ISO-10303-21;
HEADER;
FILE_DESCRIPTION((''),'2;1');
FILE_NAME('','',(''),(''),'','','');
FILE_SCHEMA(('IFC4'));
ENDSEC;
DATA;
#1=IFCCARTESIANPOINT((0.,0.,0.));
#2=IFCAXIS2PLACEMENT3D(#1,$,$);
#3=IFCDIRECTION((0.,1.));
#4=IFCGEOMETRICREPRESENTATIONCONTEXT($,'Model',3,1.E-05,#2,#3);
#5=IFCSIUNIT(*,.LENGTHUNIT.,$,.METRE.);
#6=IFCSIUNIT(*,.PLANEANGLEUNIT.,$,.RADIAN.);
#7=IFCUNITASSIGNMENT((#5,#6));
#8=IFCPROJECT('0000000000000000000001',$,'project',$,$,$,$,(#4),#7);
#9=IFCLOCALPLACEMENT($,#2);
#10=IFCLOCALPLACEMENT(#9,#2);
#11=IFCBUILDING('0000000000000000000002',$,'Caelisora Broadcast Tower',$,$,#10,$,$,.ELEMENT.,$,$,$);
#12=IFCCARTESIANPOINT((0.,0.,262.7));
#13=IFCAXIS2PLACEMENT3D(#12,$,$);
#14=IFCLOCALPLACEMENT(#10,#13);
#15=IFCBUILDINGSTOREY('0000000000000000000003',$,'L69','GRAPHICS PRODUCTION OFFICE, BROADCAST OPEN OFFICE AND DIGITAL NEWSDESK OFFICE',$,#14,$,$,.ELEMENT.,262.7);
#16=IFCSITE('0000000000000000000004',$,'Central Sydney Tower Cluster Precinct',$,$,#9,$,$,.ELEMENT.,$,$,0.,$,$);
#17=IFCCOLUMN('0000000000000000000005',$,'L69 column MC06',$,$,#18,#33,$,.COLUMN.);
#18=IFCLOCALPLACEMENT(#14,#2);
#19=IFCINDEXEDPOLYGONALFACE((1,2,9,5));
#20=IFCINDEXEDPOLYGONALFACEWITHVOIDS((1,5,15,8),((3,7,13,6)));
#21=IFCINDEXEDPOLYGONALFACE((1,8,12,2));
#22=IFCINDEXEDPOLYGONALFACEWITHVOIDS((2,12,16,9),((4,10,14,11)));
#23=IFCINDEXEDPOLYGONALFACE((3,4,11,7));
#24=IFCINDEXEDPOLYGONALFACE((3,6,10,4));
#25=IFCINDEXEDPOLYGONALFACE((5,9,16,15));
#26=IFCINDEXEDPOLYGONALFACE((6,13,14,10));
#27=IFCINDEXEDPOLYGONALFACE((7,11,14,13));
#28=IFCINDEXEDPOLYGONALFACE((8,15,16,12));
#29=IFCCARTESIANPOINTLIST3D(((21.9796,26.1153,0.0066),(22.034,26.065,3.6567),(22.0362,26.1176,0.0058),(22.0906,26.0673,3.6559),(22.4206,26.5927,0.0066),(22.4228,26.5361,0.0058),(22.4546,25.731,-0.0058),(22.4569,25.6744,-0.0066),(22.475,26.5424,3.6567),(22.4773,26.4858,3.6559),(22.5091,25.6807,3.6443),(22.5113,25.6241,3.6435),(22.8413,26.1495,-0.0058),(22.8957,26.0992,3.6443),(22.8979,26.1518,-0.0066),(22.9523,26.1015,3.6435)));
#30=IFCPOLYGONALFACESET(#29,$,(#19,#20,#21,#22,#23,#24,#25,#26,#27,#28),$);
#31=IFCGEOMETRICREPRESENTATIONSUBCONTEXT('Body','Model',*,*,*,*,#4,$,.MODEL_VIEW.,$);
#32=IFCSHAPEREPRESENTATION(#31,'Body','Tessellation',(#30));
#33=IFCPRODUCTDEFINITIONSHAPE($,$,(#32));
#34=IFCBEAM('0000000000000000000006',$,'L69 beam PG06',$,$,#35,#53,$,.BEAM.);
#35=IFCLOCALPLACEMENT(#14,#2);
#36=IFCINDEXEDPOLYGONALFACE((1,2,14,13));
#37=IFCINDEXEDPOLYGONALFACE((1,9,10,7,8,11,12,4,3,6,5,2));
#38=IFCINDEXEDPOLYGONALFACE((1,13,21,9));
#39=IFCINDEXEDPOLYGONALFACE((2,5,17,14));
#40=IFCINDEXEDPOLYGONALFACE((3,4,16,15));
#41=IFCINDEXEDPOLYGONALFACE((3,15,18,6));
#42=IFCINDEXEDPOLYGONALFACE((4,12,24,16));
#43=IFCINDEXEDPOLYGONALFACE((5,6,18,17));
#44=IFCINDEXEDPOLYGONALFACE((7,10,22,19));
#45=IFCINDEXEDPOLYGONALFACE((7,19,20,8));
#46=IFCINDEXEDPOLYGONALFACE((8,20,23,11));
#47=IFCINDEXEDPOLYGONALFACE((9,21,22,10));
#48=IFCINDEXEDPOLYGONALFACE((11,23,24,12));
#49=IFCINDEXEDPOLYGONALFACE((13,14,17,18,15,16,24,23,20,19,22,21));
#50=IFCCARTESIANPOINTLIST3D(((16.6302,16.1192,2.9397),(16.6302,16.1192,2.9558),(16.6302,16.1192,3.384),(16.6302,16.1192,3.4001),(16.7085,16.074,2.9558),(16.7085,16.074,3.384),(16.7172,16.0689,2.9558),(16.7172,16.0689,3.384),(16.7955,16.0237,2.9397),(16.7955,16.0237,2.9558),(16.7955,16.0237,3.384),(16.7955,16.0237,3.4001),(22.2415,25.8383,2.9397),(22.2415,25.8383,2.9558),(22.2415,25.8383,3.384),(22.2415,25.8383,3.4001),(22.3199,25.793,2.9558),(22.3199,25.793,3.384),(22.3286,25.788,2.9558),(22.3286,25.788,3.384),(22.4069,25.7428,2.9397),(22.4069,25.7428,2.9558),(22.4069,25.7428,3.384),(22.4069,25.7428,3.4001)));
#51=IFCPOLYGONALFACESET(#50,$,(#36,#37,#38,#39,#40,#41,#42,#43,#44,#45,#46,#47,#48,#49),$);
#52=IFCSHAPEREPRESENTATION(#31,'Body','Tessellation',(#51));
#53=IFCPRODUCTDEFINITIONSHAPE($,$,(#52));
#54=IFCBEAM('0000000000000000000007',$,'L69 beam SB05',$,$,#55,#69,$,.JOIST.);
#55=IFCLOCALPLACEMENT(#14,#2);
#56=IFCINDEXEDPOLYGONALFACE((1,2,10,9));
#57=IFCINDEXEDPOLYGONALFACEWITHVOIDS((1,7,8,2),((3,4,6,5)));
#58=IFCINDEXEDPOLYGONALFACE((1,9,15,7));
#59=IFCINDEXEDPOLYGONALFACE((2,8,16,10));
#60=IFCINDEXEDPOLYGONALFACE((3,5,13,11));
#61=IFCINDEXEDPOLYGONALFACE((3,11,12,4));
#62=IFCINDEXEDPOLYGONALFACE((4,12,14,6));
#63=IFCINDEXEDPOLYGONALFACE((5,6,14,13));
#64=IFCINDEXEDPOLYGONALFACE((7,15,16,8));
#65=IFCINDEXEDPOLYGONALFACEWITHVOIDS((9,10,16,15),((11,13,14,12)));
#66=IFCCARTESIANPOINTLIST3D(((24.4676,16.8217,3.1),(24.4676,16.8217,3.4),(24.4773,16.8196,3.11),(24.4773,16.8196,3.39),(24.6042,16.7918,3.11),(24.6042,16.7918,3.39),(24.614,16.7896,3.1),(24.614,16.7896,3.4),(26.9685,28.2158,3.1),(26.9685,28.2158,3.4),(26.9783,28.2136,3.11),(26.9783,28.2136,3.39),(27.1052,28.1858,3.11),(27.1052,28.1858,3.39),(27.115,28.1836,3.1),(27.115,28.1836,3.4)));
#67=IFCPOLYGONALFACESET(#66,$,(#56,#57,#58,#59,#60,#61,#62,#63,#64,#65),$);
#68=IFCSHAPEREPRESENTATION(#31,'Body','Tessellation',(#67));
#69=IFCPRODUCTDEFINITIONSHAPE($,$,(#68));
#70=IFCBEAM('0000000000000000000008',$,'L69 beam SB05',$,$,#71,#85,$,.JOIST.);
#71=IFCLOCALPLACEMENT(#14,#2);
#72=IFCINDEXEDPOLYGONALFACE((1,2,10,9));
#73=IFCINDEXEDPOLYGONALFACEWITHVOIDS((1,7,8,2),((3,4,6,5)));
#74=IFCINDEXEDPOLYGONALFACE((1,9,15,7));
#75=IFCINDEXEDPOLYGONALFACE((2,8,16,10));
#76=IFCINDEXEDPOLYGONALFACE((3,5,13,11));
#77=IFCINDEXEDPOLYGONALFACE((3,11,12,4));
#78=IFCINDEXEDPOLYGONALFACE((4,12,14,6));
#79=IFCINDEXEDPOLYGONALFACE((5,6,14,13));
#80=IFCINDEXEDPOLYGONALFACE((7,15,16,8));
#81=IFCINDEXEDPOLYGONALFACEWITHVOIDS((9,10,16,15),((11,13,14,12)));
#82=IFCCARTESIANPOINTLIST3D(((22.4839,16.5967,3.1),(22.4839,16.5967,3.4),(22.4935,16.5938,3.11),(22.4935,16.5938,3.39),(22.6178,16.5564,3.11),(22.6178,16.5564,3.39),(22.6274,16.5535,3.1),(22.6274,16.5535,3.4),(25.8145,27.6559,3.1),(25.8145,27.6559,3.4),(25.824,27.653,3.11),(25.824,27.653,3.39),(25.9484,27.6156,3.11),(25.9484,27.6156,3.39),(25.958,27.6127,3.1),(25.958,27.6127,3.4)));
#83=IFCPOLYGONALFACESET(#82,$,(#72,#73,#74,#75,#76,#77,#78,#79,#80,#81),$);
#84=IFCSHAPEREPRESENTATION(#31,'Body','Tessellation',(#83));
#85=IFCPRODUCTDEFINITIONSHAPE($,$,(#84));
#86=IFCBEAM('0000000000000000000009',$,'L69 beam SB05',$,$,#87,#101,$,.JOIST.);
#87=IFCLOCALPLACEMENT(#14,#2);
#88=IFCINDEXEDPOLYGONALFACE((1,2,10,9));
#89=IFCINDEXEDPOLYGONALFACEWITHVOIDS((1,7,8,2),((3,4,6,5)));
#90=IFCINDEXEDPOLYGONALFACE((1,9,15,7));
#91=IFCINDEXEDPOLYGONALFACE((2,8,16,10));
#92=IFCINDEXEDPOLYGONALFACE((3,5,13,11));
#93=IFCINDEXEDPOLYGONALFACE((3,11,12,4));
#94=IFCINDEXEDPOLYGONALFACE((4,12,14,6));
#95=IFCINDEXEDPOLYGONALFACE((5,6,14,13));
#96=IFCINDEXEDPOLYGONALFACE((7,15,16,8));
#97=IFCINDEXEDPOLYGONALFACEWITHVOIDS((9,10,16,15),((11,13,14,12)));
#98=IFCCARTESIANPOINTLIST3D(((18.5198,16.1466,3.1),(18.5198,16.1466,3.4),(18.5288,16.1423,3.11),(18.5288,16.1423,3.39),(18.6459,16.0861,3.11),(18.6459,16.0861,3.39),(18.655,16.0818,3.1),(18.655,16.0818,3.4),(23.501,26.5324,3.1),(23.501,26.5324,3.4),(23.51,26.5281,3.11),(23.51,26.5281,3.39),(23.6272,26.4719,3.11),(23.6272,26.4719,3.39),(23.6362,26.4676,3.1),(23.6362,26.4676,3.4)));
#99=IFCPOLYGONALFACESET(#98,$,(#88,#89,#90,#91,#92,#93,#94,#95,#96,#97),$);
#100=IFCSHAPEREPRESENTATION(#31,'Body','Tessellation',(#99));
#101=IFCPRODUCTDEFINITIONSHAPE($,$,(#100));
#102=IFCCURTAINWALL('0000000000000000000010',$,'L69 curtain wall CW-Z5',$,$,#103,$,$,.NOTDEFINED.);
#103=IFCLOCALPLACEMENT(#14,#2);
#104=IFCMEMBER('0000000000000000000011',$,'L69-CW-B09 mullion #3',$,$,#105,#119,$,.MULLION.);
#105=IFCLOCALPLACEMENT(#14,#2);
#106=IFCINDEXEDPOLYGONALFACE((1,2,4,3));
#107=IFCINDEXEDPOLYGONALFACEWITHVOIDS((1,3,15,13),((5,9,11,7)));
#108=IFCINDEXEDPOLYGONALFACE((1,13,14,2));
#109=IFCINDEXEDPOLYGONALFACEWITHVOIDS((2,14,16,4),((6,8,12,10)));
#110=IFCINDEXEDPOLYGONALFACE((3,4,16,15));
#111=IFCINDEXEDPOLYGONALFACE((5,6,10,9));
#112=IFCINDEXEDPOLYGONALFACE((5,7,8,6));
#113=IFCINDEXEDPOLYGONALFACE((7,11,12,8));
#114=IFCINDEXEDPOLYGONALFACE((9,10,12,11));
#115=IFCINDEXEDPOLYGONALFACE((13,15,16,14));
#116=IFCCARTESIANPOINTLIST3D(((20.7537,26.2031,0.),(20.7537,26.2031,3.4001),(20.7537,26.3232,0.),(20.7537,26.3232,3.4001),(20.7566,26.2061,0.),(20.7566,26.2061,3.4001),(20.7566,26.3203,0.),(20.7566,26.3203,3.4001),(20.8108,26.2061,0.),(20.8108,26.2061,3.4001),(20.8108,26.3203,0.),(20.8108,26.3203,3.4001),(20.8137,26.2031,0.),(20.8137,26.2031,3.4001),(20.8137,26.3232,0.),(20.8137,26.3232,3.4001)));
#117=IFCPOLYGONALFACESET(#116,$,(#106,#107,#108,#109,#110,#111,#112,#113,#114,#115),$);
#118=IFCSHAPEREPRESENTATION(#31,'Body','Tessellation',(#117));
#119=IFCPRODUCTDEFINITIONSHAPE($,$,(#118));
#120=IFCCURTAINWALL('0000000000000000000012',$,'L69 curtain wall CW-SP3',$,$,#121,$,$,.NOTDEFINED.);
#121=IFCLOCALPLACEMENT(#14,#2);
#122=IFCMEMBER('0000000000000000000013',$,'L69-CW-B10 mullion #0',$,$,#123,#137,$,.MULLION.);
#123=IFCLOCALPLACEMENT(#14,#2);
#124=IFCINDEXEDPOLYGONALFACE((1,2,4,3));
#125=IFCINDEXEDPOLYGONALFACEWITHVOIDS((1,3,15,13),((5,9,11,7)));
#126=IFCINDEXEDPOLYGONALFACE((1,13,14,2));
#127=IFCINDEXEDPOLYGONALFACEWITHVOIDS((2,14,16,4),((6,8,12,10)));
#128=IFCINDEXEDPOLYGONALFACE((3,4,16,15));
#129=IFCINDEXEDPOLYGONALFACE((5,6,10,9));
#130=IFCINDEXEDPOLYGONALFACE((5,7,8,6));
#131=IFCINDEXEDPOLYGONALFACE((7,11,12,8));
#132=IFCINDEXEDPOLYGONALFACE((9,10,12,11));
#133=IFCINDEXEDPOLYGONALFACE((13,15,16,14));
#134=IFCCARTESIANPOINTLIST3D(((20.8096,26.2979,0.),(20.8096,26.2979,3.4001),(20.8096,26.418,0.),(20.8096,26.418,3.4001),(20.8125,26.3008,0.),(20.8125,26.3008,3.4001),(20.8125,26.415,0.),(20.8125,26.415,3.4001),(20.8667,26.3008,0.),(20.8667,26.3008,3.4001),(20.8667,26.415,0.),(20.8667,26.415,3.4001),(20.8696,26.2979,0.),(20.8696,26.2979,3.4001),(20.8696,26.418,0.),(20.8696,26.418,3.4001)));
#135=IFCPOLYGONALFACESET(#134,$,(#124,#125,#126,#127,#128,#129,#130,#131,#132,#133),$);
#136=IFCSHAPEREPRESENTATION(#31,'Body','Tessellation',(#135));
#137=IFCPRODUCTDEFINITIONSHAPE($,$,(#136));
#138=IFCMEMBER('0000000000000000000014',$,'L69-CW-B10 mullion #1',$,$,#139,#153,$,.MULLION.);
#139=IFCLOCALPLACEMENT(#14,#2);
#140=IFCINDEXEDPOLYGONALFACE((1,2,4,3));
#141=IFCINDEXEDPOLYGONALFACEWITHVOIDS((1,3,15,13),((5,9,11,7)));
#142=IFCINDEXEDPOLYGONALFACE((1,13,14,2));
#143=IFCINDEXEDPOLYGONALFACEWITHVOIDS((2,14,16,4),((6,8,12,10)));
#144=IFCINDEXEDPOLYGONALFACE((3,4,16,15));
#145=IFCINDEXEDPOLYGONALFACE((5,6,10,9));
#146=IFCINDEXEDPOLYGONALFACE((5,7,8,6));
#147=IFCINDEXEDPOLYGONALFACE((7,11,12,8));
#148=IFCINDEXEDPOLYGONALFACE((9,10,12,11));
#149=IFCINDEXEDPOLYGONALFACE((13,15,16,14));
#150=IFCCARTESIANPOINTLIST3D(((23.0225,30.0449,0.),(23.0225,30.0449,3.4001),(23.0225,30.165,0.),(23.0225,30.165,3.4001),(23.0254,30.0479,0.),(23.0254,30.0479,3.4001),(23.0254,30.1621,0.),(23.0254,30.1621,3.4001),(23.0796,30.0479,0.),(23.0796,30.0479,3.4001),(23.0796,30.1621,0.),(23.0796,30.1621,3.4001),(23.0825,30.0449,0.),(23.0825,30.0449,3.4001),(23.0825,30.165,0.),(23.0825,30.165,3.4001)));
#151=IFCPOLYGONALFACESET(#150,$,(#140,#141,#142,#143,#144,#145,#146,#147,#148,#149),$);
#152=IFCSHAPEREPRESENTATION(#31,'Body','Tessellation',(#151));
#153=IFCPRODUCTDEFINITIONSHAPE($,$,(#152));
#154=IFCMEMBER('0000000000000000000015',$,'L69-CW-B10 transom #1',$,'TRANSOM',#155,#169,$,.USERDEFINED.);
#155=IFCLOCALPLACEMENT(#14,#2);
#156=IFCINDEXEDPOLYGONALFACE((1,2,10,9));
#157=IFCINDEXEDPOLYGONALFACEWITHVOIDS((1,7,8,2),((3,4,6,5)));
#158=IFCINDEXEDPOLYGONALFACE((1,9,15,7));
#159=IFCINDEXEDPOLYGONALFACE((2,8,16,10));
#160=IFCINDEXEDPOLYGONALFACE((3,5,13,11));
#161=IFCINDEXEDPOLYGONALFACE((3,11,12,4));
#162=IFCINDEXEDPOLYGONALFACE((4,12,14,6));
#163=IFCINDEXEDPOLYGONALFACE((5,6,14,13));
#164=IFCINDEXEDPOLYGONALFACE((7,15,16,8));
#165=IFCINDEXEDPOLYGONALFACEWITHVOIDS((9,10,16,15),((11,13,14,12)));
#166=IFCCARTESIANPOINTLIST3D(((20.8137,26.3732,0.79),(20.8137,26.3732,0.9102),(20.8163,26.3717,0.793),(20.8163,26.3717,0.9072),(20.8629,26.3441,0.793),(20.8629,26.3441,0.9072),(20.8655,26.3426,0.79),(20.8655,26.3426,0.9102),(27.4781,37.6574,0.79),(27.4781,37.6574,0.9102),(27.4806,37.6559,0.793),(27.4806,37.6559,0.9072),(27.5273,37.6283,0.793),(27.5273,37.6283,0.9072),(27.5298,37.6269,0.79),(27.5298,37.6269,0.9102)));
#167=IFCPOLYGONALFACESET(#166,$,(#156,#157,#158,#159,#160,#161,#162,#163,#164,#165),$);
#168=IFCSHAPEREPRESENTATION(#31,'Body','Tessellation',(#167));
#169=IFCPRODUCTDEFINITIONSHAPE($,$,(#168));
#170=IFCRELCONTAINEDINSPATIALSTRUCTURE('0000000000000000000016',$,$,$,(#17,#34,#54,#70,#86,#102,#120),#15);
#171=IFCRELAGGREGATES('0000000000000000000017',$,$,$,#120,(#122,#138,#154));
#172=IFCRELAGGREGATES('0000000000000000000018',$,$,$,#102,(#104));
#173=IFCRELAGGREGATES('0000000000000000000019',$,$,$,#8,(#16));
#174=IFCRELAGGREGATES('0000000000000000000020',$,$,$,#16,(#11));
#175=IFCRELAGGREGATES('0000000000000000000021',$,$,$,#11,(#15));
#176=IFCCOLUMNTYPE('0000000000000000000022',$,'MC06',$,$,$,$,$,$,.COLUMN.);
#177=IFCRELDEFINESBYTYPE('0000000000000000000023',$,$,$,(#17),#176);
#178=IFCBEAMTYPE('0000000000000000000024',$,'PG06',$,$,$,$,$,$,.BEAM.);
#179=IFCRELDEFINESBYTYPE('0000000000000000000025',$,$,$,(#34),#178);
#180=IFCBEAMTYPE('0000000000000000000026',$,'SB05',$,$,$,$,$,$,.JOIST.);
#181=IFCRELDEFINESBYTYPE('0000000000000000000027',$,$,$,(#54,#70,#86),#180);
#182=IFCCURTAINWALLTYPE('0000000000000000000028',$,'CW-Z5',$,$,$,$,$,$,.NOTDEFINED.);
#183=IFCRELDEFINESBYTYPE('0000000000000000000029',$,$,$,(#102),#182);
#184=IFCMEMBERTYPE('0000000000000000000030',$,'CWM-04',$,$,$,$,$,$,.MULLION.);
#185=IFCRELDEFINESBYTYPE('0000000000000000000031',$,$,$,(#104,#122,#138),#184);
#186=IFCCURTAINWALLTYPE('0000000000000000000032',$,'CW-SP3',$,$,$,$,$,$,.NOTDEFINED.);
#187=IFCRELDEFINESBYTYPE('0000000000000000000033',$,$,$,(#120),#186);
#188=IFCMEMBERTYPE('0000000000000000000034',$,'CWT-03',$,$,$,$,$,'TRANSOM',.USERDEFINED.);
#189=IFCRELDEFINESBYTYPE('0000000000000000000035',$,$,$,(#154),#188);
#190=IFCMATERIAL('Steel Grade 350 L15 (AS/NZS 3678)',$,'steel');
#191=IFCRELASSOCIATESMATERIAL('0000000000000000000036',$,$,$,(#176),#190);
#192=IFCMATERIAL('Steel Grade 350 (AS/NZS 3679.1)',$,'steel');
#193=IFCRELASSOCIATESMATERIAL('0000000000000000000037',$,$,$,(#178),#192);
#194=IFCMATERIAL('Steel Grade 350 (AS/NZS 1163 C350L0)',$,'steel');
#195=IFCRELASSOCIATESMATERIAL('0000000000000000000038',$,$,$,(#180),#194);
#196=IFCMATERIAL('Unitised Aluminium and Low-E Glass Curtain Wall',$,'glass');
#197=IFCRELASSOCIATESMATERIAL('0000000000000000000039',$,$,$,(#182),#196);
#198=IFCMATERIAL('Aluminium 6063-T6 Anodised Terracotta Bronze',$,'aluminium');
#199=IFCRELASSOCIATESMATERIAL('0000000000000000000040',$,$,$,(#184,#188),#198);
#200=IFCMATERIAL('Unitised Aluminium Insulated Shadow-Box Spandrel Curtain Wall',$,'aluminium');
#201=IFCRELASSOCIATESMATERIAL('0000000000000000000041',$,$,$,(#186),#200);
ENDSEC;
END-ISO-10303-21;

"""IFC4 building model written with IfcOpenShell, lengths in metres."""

from ifc_helpers import new_model, si_unit, direction, frame, origin, origin_2d, place, context, subcontext, project, spatial, hollow_rectangle, i_section, extrude, source, transform, mapped, material, material_profile, profile_set, type_object, type_shapes, element, aggregate, save


model = new_model("IFC4")

# Units and contexts
model_context = context("Model", 3, precision=1e-05, world=origin(), true_north=direction((0.0, 1.0)))
body_context = subcontext(model_context, "Body", "Model", "MODEL_VIEW")
ifc_project = project(units=[si_unit("LENGTHUNIT", "METRE"), si_unit("PLANEANGLEUNIT", "RADIAN")], contexts=[model_context])

# Site, building, storey
site_placement = place(None, origin())
site = spatial("IfcSite", under=ifc_project, at=site_placement, Name="Central Sydney Tower Cluster Precinct", CompositionType="ELEMENT", RefElevation=0.0)
building_placement = place(site_placement, origin())
building = spatial("IfcBuilding", under=site, at=building_placement, Name="Caelisora Broadcast Tower", CompositionType="ELEMENT")
storey_placement = place(building_placement, frame((0.0, 0.0, 262.7)))
storey = spatial("IfcBuildingStorey", under=building, at=storey_placement, Name="L69", Description="GRAPHICS PRODUCTION OFFICE, BROADCAST OPEN OFFICE AND DIGITAL NEWSDESK OFFICE", CompositionType="ELEMENT", Elevation=262.7)

# Column
ifc_material_1 = material(Name="Steel Grade 350 L15 (AS/NZS 3678)", Category="steel")
ifc_material_profile_1 = material_profile(ifc_material_1, hollow_rectangle(XDim=0.6499, YDim=0.6499, WallThickness=0.04, at=origin_2d()), Name="Steel Grade 350 L15 (AS/NZS 3678)")
ifc_profile_set_1 = profile_set([ifc_material_profile_1], Name="Steel Grade 350 L15 (AS/NZS 3678)")
column_type = type_object("IfcColumnType", Name="MC06", PredefinedType="COLUMN", material=ifc_profile_set_1)
shared_shape_1 = source(origin(), body_context, "Body", "SweptSolid", [
    extrude(hollow_rectangle(XDim=0.6499, YDim=0.6499, WallThickness=0.04, at=origin_2d()), origin(), (0.0, 0.0, 1.0), 3.6509),
])
type_shapes(column_type, [shared_shape_1])
column_placement = place(storey_placement, frame((22.4387, 26.1335, 0.0), z_axis=(0.014912, -0.013776, 0.999794), x_axis=(0.678554, 0.734551, 0.0)))
element("IfcColumn", 1, at=column_placement, inside=storey, type_object=column_type, Name="L69 column MC06", PredefinedType="COLUMN", context=body_context, shape_type="MappedRepresentation", body=[
    mapped(shared_shape_1, transform((0.0, 0.0, 0.0), scale=1.0)),
])

# Beams
ifc_material_2 = material(Name="Steel Grade 350 (AS/NZS 3679.1)", Category="steel")
ifc_material_profile_2 = material_profile(ifc_material_2, i_section(OverallWidth=0.1909, OverallDepth=0.4604, WebThickness=0.01, FlangeThickness=0.0161, at=origin_2d()), Name="Steel Grade 350 (AS/NZS 3679.1)")
ifc_profile_set_2 = profile_set([ifc_material_profile_2], Name="Steel Grade 350 (AS/NZS 3679.1)")
beam_type_1 = type_object("IfcBeamType", Name="PG06", PredefinedType="BEAM", material=ifc_profile_set_2)
shared_shape_2 = source(origin(), body_context, "Body", "SweptSolid", [
    extrude(i_section(OverallWidth=0.1909, OverallDepth=0.4604, WebThickness=0.01, FlangeThickness=0.0161, at=origin_2d()), origin(), (0.0, 0.0, 1.0), 11.2227),
])
type_shapes(beam_type_1, [shared_shape_2])
beam_1_placement = place(storey_placement, frame((22.3242, 25.7905, 3.1699), z_axis=(-0.500004, -0.866023, 0.0), x_axis=(0.866023, -0.500004, 0.0)))
element("IfcBeam", 2, at=beam_1_placement, inside=storey, type_object=beam_type_1, Name="L69 beam PG06", PredefinedType="BEAM", context=body_context, shape_type="MappedRepresentation", body=[
    mapped(shared_shape_2, transform((0.0, 0.0, 0.0), scale=1.0)),
])
ifc_material_3 = material(Name="Steel Grade 350 (AS/NZS 1163 C350L0)", Category="steel")
ifc_material_profile_3 = material_profile(ifc_material_3, hollow_rectangle(XDim=0.1499, YDim=0.3, WallThickness=0.01, at=origin_2d()), Name="Steel Grade 350 (AS/NZS 1163 C350L0)")
ifc_profile_set_3 = profile_set([ifc_material_profile_3], Name="Steel Grade 350 (AS/NZS 1163 C350L0)")
beam_type_2 = type_object("IfcBeamType", Name="SB05", PredefinedType="JOIST", material=ifc_profile_set_3)
shared_shape_3 = source(origin(), body_context, "Body", "SweptSolid", [
    extrude(hollow_rectangle(XDim=0.1499, YDim=0.3, WallThickness=0.01, at=origin_2d()), origin(), (0.0, 0.0, 1.0), 11.6653),
])
beam_2_placement = place(storey_placement, frame((27.0417, 28.1997, 3.25), z_axis=(-0.214395, -0.976747, 0.0), x_axis=(0.976747, -0.214395, 0.0)))
element("IfcBeam", 3, at=beam_2_placement, inside=storey, type_object=beam_type_2, Name="L69 beam SB05", PredefinedType="JOIST", context=body_context, shape_type="MappedRepresentation", body=[
    mapped(shared_shape_3, transform((0.0, 0.0, 0.0), scale=1.0)),
])
shared_shape_4 = source(origin(), body_context, "Body", "SweptSolid", [
    extrude(hollow_rectangle(XDim=0.1499, YDim=0.3, WallThickness=0.01, at=origin_2d()), origin(), (0.0, 0.0, 1.0), 11.5498),
])
beam_3_placement = place(storey_placement, frame((25.8862, 27.6343, 3.25), z_axis=(-0.288368, -0.95752, 0.0), x_axis=(0.95752, -0.288368, 0.0)))
element("IfcBeam", 4, at=beam_3_placement, inside=storey, type_object=beam_type_2, Name="L69 beam SB05", PredefinedType="JOIST", context=body_context, shape_type="MappedRepresentation", body=[
    mapped(shared_shape_4, transform((0.0, 0.0, 0.0), scale=1.0)),
])
shared_shape_5 = source(origin(), body_context, "Body", "SweptSolid", [
    extrude(hollow_rectangle(XDim=0.1499, YDim=0.3, WallThickness=0.01, at=origin_2d()), origin(), (0.0, 0.0, 1.0), 11.5186),
])
type_shapes(beam_type_2, [shared_shape_3, shared_shape_4, shared_shape_5])
beam_4_placement = place(storey_placement, frame((23.5686, 26.5, 3.25), z_axis=(-0.432452, -0.901657, 0.0), x_axis=(0.901657, -0.432452, 0.0)))
element("IfcBeam", 5, at=beam_4_placement, inside=storey, type_object=beam_type_2, Name="L69 beam SB05", PredefinedType="JOIST", context=body_context, shape_type="MappedRepresentation", body=[
    mapped(shared_shape_5, transform((0.0, 0.0, 0.0), scale=1.0)),
])

# Curtain wall, member
ifc_material_4 = material(Name="Unitised Aluminium and Low-E Glass Curtain Wall", Category="glass")
curtain_wall_type_1 = type_object("IfcCurtainWallType", Name="CW-Z5", PredefinedType="NOTDEFINED", material=ifc_material_4)
curtain_wall_1_placement = place(storey_placement, origin())
curtain_wall_1 = element("IfcCurtainWall", 6, at=curtain_wall_1_placement, inside=storey, type_object=curtain_wall_type_1, Name="L69 curtain wall CW-Z5", PredefinedType="NOTDEFINED")
ifc_material_5 = material(Name="Aluminium 6063-T6 Anodised Terracotta Bronze", Category="aluminium")
ifc_material_profile_4 = material_profile(ifc_material_5, hollow_rectangle(XDim=0.0601, YDim=0.1201, WallThickness=0.0029, at=origin_2d()), Name="Aluminium 6063-T6 Anodised Terracotta Bronze")
ifc_profile_set_4 = profile_set([ifc_material_profile_4], Name="Aluminium 6063-T6 Anodised Terracotta Bronze")
member_type_1 = type_object("IfcMemberType", Name="CWM-04", PredefinedType="MULLION", material=ifc_profile_set_4)
shared_shape_6 = source(origin(), body_context, "Body", "SweptSolid", [
    extrude(hollow_rectangle(XDim=0.0601, YDim=0.1201, WallThickness=0.0029, at=origin_2d()), origin(), (0.0, 0.0, 1.0), 3.4001),
])
type_shapes(member_type_1, [shared_shape_6])
member_1_placement = place(storey_placement, frame((20.7837, 26.2632, 0.0), z_axis=(0.0, 0.0, 1.0), x_axis=(1.0, 0.0, 0.0)))
member_1 = element("IfcMember", 7, at=member_1_placement, type_object=member_type_1, Name="L69-CW-B09 mullion #3", PredefinedType="MULLION", context=body_context, shape_type="MappedRepresentation", body=[
    mapped(shared_shape_6, transform((0.0, 0.0, 0.0), scale=1.0)),
])

# Curtain wall, members
ifc_material_6 = material(Name="Unitised Aluminium Insulated Shadow-Box Spandrel Curtain Wall", Category="aluminium")
curtain_wall_type_2 = type_object("IfcCurtainWallType", Name="CW-SP3", PredefinedType="NOTDEFINED", material=ifc_material_6)
curtain_wall_2_placement = place(storey_placement, origin())
curtain_wall_2 = element("IfcCurtainWall", 8, at=curtain_wall_2_placement, inside=storey, type_object=curtain_wall_type_2, Name="L69 curtain wall CW-SP3", PredefinedType="NOTDEFINED")
member_2_placement = place(storey_placement, frame((20.8396, 26.3579, 0.0), z_axis=(0.0, 0.0, 1.0), x_axis=(1.0, 0.0, 0.0)))
member_2 = element("IfcMember", 9, at=member_2_placement, type_object=member_type_1, Name="L69-CW-B10 mullion #0", PredefinedType="MULLION", context=body_context, shape_type="MappedRepresentation", body=[
    mapped(shared_shape_6, transform((0.0, 0.0, 0.0), scale=1.0)),
])
member_3_placement = place(storey_placement, frame((23.0525, 30.105, 0.0), z_axis=(0.0, 0.0, 1.0), x_axis=(1.0, 0.0, 0.0)))
member_3 = element("IfcMember", 10, at=member_3_placement, type_object=member_type_1, Name="L69-CW-B10 mullion #1", PredefinedType="MULLION", context=body_context, shape_type="MappedRepresentation", body=[
    mapped(shared_shape_6, transform((0.0, 0.0, 0.0), scale=1.0)),
])
ifc_material_profile_5 = material_profile(ifc_material_5, hollow_rectangle(XDim=0.0601, YDim=0.1201, WallThickness=0.0029, at=origin_2d()), Name="Aluminium 6063-T6 Anodised Terracotta Bronze")
ifc_profile_set_5 = profile_set([ifc_material_profile_5], Name="Aluminium 6063-T6 Anodised Terracotta Bronze")
member_type_2 = type_object("IfcMemberType", Name="CWT-03", ElementType="TRANSOM", PredefinedType="USERDEFINED", material=ifc_profile_set_5)
shared_shape_7 = source(origin(), body_context, "Body", "SweptSolid", [
    extrude(hollow_rectangle(XDim=0.0601, YDim=0.1201, WallThickness=0.0029, at=origin_2d()), origin(), (0.0, 0.0, 1.0), 13.1052),
])
type_shapes(member_type_2, [shared_shape_7])
member_4_placement = place(storey_placement, frame((20.8396, 26.3579, 0.8501), z_axis=(0.508525, 0.861047, 0.0), x_axis=(-0.861047, 0.508525, 0.0)))
member_4 = element("IfcMember", 11, at=member_4_placement, type_object=member_type_2, Name="L69-CW-B10 transom #1", ObjectType="TRANSOM", PredefinedType="USERDEFINED", context=body_context, shape_type="MappedRepresentation", body=[
    mapped(shared_shape_7, transform((0.0, 0.0, 0.0), scale=1.0)),
])

aggregate(curtain_wall_2, [member_2, member_3, member_4])
aggregate(curtain_wall_1, [member_1])

save(model, "model.ifc")
